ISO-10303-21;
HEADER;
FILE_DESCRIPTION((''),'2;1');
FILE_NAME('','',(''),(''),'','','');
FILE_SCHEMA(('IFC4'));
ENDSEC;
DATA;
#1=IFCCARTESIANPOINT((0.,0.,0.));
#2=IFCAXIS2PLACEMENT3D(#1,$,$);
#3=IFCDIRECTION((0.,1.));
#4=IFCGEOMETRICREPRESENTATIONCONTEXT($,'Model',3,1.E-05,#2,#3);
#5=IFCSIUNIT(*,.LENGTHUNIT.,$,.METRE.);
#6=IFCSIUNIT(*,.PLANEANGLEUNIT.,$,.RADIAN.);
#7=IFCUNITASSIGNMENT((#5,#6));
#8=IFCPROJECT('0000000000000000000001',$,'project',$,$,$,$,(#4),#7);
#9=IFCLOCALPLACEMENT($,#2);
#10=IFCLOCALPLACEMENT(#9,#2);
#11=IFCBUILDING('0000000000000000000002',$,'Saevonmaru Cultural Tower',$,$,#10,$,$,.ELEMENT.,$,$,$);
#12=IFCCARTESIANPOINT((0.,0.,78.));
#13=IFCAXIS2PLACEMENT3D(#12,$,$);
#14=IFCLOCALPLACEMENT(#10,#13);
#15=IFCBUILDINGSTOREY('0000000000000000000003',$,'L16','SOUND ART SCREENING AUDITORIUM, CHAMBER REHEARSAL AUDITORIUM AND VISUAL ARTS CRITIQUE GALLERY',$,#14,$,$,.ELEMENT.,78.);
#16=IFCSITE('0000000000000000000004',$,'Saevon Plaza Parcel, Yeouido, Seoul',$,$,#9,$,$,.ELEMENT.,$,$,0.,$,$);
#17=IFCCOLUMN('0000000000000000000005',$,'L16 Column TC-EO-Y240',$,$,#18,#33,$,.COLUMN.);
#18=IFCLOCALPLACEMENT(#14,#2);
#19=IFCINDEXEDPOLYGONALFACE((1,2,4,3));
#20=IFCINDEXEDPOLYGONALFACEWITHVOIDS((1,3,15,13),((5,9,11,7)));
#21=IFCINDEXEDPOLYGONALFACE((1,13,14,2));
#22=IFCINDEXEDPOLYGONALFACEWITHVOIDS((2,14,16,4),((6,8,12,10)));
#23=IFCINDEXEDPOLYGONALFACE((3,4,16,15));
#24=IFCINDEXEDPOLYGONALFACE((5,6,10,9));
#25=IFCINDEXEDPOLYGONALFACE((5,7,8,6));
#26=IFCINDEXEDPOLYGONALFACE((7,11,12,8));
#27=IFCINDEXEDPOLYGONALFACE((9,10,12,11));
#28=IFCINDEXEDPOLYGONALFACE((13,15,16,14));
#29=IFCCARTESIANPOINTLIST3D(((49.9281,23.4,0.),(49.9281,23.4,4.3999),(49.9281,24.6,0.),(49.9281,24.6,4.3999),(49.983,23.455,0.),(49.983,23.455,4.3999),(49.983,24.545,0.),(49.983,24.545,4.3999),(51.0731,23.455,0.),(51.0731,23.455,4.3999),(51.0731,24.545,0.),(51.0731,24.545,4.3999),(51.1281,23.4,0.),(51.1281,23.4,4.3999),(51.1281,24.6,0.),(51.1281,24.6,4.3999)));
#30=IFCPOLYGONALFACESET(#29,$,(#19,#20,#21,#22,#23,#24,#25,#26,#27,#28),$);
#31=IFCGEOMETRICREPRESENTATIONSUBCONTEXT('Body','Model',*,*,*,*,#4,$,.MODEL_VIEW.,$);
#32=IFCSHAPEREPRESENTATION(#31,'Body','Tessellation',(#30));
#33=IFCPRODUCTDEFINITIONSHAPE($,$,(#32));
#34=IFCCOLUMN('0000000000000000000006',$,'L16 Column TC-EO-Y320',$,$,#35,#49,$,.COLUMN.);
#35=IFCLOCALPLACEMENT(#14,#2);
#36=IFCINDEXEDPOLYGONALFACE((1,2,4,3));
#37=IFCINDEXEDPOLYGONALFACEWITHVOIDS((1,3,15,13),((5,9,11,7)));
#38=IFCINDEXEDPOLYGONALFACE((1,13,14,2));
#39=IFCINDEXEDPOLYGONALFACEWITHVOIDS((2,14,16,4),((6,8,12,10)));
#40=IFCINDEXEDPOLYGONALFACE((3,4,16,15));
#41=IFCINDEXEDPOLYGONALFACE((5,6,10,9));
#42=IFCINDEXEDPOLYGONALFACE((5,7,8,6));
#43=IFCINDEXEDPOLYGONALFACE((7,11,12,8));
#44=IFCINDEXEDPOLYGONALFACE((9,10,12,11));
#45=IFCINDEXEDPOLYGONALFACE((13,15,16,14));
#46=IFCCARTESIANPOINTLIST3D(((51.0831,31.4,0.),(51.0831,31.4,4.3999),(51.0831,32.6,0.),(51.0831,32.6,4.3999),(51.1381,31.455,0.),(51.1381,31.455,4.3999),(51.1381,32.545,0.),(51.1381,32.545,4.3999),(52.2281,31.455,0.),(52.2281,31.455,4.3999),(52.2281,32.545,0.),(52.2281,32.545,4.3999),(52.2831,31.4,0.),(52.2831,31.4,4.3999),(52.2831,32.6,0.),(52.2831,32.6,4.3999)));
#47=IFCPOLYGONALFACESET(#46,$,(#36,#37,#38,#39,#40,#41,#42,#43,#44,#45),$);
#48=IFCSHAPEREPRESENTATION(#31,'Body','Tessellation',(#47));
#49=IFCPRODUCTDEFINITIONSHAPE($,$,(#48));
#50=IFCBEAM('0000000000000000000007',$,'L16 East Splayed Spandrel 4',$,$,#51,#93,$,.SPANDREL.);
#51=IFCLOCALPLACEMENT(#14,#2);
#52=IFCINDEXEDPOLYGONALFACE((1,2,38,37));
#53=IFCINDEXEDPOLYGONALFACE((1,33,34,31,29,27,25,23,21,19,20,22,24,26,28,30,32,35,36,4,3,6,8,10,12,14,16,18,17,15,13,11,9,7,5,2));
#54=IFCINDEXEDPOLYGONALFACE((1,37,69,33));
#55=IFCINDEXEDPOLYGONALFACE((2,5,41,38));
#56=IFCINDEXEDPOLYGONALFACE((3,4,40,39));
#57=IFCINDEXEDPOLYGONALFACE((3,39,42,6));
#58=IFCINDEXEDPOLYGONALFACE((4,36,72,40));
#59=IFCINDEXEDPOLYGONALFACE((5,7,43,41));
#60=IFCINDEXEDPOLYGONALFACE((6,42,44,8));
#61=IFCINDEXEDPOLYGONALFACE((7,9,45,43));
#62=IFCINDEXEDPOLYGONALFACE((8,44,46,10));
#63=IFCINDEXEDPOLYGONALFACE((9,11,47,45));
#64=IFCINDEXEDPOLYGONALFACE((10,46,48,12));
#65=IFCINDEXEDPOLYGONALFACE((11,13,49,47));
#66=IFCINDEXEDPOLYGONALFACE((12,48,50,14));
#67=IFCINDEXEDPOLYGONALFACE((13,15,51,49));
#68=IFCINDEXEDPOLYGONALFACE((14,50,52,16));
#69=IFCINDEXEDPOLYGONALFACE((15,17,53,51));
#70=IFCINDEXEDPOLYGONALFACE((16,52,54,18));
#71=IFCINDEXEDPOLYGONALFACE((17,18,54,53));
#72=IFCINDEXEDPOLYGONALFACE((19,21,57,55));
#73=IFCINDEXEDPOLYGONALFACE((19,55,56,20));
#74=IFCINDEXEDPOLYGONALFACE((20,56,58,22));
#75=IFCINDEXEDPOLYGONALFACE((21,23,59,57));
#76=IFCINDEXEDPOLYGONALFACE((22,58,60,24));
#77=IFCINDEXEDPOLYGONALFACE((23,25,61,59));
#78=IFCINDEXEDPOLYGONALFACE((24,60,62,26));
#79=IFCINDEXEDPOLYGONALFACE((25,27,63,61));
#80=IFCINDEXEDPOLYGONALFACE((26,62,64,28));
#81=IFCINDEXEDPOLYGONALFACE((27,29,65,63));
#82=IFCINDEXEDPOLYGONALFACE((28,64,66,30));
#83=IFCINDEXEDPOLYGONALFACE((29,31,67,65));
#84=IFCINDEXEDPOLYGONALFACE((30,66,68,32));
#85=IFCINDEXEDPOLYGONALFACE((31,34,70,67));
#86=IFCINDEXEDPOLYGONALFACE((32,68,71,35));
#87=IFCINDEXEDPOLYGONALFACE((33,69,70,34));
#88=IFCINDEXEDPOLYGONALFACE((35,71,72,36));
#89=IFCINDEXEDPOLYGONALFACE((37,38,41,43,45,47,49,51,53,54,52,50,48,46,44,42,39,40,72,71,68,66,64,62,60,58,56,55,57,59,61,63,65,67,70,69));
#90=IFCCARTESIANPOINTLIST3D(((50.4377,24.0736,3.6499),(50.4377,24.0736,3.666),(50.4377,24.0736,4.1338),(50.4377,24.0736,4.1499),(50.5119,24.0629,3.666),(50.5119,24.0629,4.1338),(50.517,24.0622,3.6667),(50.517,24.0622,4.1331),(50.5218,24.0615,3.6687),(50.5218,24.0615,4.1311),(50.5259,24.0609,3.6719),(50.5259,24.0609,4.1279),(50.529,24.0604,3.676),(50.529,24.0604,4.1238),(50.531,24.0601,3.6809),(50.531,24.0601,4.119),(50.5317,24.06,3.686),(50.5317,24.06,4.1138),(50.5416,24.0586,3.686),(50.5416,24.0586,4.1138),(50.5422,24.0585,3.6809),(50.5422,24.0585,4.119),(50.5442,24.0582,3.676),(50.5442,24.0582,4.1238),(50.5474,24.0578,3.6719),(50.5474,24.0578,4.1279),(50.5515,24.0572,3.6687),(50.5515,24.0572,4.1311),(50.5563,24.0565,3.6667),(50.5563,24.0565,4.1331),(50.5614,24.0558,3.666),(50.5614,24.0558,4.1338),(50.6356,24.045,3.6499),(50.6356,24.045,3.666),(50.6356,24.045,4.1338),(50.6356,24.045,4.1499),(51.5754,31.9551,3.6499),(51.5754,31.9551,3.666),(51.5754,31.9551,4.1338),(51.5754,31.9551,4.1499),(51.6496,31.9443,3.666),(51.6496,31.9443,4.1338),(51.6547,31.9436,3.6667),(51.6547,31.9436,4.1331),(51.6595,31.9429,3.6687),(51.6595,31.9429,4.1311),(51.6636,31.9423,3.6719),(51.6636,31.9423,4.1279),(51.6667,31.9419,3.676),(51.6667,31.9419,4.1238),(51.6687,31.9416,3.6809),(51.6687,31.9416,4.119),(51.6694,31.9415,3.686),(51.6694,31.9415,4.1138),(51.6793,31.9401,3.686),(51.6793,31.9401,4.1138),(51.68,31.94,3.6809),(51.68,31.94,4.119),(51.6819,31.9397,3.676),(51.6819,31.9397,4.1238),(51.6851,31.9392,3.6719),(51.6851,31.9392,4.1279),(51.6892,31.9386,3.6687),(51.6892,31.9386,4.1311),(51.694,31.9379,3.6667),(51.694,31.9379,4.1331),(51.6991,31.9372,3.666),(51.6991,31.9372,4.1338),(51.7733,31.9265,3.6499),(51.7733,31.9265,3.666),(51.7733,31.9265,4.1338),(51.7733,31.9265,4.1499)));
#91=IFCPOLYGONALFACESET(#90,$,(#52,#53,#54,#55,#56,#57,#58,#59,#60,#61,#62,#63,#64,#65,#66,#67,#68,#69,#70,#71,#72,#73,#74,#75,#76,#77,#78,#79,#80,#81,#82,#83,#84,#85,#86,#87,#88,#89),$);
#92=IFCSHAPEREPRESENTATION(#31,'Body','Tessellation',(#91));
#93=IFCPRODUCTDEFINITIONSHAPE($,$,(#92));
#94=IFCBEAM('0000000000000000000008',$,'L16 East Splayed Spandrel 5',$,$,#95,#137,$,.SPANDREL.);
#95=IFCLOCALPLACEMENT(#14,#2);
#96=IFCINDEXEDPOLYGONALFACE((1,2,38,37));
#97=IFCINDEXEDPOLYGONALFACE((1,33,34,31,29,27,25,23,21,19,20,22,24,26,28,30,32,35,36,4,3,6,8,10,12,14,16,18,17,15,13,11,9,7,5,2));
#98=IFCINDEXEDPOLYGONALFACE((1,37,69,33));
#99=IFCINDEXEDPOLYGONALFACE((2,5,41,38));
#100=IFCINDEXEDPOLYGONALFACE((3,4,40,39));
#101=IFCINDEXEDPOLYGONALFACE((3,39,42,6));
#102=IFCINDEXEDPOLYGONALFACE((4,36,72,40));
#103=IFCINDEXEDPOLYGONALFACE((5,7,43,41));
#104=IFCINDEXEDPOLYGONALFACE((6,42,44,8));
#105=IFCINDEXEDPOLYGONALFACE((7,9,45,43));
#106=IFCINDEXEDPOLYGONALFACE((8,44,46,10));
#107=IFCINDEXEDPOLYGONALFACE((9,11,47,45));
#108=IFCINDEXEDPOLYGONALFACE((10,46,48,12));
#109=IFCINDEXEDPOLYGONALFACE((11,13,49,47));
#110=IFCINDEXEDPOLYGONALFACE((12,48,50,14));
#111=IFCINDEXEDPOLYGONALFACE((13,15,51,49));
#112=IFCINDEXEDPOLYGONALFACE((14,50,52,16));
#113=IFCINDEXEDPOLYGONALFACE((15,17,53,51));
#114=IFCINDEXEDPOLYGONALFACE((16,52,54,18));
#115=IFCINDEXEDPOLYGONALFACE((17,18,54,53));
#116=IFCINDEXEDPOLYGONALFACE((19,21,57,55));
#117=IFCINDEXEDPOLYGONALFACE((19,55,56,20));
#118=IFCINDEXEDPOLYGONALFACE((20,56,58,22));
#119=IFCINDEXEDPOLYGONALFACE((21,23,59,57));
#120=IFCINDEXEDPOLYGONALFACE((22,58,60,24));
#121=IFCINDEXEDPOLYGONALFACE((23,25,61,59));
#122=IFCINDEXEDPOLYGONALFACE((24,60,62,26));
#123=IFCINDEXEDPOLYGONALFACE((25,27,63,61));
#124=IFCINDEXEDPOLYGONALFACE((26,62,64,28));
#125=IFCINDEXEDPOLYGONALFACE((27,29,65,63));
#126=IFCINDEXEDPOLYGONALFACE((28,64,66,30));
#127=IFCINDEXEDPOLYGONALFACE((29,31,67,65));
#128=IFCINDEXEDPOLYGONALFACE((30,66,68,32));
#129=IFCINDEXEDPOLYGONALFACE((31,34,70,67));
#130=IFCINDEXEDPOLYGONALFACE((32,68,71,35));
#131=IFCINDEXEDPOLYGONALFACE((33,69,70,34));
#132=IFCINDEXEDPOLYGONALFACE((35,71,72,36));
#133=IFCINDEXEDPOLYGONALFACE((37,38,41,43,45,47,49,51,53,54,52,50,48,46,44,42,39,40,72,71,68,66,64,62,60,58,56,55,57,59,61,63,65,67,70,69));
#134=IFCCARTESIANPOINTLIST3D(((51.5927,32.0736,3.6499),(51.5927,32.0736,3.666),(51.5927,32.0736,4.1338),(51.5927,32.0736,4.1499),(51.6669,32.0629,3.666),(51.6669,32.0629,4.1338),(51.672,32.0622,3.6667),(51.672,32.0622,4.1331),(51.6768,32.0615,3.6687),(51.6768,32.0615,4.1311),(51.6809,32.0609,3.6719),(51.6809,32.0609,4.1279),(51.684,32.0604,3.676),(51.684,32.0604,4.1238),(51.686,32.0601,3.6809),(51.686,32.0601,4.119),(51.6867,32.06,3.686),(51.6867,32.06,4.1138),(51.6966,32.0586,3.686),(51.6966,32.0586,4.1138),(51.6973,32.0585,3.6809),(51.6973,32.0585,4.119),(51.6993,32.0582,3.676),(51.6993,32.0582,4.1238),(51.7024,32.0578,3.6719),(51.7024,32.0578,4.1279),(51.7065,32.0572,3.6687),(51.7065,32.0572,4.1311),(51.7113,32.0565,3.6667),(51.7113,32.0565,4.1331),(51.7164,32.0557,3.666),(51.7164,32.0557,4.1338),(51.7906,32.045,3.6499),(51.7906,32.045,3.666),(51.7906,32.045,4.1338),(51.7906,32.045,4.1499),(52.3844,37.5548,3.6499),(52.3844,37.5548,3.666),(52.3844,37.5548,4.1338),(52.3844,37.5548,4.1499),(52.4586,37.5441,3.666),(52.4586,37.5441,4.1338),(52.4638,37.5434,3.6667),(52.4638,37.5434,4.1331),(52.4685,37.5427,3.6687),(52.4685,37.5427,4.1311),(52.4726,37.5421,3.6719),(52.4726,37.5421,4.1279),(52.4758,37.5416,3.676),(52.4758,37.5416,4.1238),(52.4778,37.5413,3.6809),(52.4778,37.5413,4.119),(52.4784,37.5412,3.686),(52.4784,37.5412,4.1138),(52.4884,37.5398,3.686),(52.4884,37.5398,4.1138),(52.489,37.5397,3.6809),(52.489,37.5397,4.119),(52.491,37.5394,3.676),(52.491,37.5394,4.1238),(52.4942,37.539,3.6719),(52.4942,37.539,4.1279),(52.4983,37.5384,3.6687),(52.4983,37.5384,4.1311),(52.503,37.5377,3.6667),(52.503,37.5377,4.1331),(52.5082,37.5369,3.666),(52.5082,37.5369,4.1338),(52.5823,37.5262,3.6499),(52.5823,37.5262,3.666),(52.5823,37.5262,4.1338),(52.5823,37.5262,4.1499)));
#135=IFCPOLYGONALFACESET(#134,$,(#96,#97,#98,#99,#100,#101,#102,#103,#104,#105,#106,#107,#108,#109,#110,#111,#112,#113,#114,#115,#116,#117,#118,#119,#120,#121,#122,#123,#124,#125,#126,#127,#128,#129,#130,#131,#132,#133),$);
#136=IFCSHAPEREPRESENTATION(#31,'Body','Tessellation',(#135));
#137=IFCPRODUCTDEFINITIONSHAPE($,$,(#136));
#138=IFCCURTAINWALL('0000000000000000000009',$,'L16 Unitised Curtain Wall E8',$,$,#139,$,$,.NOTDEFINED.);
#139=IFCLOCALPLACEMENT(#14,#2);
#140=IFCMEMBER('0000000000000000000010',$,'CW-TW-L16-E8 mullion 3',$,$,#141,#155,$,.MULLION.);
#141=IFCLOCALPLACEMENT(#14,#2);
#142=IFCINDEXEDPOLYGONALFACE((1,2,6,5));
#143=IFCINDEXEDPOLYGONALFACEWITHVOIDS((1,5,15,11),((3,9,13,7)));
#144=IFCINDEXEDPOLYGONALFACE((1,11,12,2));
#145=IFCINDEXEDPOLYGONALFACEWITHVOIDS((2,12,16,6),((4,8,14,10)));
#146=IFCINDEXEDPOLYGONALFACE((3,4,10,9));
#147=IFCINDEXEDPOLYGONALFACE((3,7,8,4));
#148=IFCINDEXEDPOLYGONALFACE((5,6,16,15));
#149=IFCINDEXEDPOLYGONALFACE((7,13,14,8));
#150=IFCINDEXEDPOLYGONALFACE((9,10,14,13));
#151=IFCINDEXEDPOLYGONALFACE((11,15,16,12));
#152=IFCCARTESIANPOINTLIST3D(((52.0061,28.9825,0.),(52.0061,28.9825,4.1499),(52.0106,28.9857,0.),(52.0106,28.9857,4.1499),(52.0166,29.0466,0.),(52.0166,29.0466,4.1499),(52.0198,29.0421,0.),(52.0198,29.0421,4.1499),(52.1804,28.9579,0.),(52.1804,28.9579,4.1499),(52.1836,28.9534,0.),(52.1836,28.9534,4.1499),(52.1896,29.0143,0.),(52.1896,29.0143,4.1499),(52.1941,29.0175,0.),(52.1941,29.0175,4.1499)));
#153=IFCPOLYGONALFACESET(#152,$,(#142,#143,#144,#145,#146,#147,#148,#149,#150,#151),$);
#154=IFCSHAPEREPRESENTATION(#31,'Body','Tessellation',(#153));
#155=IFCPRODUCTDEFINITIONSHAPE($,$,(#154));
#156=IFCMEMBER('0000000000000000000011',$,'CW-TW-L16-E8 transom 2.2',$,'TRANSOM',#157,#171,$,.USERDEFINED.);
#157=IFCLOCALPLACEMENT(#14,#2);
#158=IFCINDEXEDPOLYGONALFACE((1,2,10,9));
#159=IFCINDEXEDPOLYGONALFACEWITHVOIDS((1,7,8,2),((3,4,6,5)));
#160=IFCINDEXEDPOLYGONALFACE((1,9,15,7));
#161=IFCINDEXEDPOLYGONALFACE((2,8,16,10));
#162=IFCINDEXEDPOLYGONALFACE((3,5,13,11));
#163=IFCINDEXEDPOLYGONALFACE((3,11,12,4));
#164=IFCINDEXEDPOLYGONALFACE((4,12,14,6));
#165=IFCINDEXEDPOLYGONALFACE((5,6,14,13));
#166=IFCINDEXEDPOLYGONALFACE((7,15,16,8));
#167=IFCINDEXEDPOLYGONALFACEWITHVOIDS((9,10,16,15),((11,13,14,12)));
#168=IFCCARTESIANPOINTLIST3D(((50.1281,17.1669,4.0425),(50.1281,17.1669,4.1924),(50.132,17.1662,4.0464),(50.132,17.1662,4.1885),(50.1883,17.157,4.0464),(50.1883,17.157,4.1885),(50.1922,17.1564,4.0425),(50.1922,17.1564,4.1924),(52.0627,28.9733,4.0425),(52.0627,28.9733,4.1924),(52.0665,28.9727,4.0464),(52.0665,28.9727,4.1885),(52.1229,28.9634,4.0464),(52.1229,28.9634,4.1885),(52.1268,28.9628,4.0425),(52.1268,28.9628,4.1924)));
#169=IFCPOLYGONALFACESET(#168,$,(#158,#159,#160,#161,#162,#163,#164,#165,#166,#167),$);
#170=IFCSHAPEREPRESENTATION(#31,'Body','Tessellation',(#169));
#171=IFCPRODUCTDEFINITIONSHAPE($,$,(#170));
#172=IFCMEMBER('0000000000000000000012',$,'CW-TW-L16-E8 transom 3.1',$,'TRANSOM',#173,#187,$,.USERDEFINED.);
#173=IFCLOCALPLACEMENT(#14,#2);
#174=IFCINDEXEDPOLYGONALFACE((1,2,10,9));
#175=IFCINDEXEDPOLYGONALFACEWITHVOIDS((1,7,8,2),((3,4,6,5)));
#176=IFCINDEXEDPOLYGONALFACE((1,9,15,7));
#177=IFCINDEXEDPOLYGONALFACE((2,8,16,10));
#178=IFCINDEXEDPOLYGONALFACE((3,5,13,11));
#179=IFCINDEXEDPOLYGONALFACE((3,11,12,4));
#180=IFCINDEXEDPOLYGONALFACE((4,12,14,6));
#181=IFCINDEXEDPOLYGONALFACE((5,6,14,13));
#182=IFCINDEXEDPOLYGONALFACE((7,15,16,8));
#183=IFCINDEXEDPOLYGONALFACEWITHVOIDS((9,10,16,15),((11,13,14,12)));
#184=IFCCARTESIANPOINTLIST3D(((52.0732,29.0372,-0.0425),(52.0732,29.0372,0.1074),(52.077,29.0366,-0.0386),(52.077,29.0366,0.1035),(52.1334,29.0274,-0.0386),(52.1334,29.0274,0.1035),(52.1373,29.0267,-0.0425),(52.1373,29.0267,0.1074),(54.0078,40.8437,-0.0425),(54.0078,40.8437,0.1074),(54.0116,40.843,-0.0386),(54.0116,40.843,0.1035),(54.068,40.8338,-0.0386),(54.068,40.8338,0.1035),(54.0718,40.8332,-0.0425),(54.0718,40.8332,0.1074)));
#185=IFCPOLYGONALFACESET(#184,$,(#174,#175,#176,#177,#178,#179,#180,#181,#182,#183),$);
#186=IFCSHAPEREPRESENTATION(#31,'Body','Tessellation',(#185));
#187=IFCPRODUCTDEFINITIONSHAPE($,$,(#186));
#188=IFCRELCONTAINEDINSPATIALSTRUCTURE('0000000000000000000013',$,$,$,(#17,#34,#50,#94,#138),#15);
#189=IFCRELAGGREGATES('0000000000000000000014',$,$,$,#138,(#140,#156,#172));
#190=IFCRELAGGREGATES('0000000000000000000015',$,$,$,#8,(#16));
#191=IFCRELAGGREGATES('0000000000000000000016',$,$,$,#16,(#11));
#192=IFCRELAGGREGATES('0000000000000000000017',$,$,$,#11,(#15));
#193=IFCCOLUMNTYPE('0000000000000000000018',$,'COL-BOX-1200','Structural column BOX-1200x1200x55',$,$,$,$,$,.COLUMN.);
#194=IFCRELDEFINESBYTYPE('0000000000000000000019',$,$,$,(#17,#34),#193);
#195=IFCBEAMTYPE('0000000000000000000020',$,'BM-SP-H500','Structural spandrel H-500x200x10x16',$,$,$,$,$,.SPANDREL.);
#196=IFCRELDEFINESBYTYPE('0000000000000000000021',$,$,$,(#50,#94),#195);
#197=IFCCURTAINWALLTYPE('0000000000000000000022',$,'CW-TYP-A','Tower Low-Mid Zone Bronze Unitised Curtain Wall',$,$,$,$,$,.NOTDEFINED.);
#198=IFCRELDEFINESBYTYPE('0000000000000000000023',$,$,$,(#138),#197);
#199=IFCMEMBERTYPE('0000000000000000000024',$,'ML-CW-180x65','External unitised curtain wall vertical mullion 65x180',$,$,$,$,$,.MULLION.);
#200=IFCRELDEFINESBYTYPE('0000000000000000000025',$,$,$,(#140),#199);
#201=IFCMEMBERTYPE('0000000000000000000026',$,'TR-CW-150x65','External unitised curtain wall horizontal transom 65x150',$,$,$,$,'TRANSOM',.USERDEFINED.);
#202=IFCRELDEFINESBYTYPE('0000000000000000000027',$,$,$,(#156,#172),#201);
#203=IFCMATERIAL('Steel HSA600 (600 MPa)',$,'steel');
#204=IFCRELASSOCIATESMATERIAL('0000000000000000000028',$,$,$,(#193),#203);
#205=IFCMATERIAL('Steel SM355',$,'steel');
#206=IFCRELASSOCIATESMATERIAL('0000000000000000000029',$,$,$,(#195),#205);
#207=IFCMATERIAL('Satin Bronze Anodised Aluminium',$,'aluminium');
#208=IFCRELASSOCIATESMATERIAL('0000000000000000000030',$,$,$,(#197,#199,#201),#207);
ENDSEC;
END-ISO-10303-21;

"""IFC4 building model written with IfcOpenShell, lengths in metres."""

from ifc_helpers import new_model, si_unit, direction, frame, origin, origin_2d, place, context, subcontext, project, spatial, hollow_rectangle, i_section, extrude, material, material_profile, profile_set, type_object, element, aggregate, save


model = new_model("IFC4")

# Units and contexts
model_context = context("Model", 3, precision=1e-05, world=origin(), true_north=direction((0.0, 1.0)))
body_context = subcontext(model_context, "Body", "Model", "MODEL_VIEW")
ifc_project = project(units=[si_unit("LENGTHUNIT", "METRE"), si_unit("PLANEANGLEUNIT", "RADIAN")], contexts=[model_context])

# Site, building, storey
site_placement = place(None, origin())
site = spatial("IfcSite", under=ifc_project, at=site_placement, Name="Saevon Plaza Parcel, Yeouido, Seoul", CompositionType="ELEMENT", RefElevation=0.0)
building_placement = place(site_placement, origin())
building = spatial("IfcBuilding", under=site, at=building_placement, Name="Saevonmaru Cultural Tower", CompositionType="ELEMENT")
storey_placement = place(building_placement, frame((0.0, 0.0, 78.0)))
storey = spatial("IfcBuildingStorey", under=building, at=storey_placement, Name="L16", Description="SOUND ART SCREENING AUDITORIUM, CHAMBER REHEARSAL AUDITORIUM AND VISUAL ARTS CRITIQUE GALLERY", CompositionType="ELEMENT", Elevation=78.0)

# Columns
ifc_material_1 = material(Name="Steel HSA600 (600 MPa)", Category="steel")
ifc_material_profile_1 = material_profile(ifc_material_1, hollow_rectangle(XDim=1.2, YDim=1.2, WallThickness=0.0549, at=origin_2d()), Name="BOX-1200x1200x55")
ifc_profile_set_1 = profile_set([ifc_material_profile_1], Name="Steel HSA600 (600 MPa)")
column_type = type_object("IfcColumnType", Name="COL-BOX-1200", Description="Structural column BOX-1200x1200x55", PredefinedType="COLUMN", material=ifc_profile_set_1)
for number, where, z_axis, x_axis, name in (
    (1, (50.5281, 24.0, 0.0), (0.0, 0.0, 1.0), (1.0, 0.0, 0.0), "L16 Column TC-EO-Y240"),
    (2, (51.6831, 32.0, 0.0), (0.0, 0.0, 1.0), (1.0, 0.0, 0.0), "L16 Column TC-EO-Y320"),
):
    element("IfcColumn", number, at=place(storey_placement, frame(where, z_axis=z_axis, x_axis=x_axis)), inside=storey, type_object=column_type, Name=name, PredefinedType="COLUMN", context=body_context, shape_type="SweptSolid", body=[
        extrude(hollow_rectangle(XDim=1.2, YDim=1.2, WallThickness=0.0549, at=origin_2d()), origin(), (0.0, 0.0, 1.0), 4.3999),
    ])

# Beams
ifc_material_2 = material(Name="Steel SM355", Category="steel")
ifc_material_profile_2 = material_profile(ifc_material_2, i_section(OverallWidth=0.2, OverallDepth=0.5, WebThickness=0.01, FlangeThickness=0.0161, FilletRadius=0.02, at=origin_2d()), Name="H-500x200x10x16")
ifc_profile_set_2 = profile_set([ifc_material_profile_2], Name="Steel SM355")
beam_type = type_object("IfcBeamType", Name="BM-SP-H500", Description="Structural spandrel H-500x200x10x16", PredefinedType="SPANDREL", material=ifc_profile_set_2)
beam_1_placement = place(storey_placement, frame((50.5366, 24.0593, 3.8999), z_axis=(0.142872, 0.989741, 0.0), x_axis=(-0.989741, 0.142872, 0.0)))
element("IfcBeam", 3, at=beam_1_placement, inside=storey, type_object=beam_type, Name="L16 East Splayed Spandrel 4", PredefinedType="SPANDREL", context=body_context, shape_type="SweptSolid", body=[
    extrude(i_section(OverallWidth=0.2, OverallDepth=0.5, WebThickness=0.01, FlangeThickness=0.0161, FilletRadius=0.02, at=origin_2d()), origin(), (0.0, 0.0, 1.0), 7.9631),
])
beam_2_placement = place(storey_placement, frame((51.6917, 32.0593, 3.8999), z_axis=(0.142964, 0.989728, 0.0), x_axis=(-0.989728, 0.142964, 0.0)))
element("IfcBeam", 4, at=beam_2_placement, inside=storey, type_object=beam_type, Name="L16 East Splayed Spandrel 5", PredefinedType="SPANDREL", context=body_context, shape_type="SweptSolid", body=[
    extrude(i_section(OverallWidth=0.2, OverallDepth=0.5, WebThickness=0.01, FlangeThickness=0.0161, FilletRadius=0.02, at=origin_2d()), origin(), (0.0, 0.0, 1.0), 5.5381),
])

# Curtain wall, members
ifc_material_3 = material(Name="Satin Bronze Anodised Aluminium", Category="aluminium")
curtain_wall_type = type_object("IfcCurtainWallType", Name="CW-TYP-A", Description="Tower Low-Mid Zone Bronze Unitised Curtain Wall", PredefinedType="NOTDEFINED", material=ifc_material_3)
curtain_wall_placement = place(storey_placement, origin())
curtain_wall = element("IfcCurtainWall", 5, at=curtain_wall_placement, inside=storey, type_object=curtain_wall_type, Name="L16 Unitised Curtain Wall E8", PredefinedType="NOTDEFINED")
ifc_material_profile_3 = material_profile(ifc_material_3, hollow_rectangle(XDim=0.0649, YDim=0.1799, WallThickness=0.0039, at=origin_2d()), Name="ALU-MULL-180x65x4")
ifc_profile_set_3 = profile_set([ifc_material_profile_3], Name="Satin Bronze Anodised Aluminium")
member_type_1 = type_object("IfcMemberType", Name="ML-CW-180x65", Description="External unitised curtain wall vertical mullion 65x180", PredefinedType="MULLION", material=ifc_profile_set_3)
member_1_placement = place(storey_placement, frame((52.1001, 29.0, 0.0), z_axis=(0.0, 0.0, 1.0), x_axis=(0.161709, 0.986839, 0.0)))
member_1 = element("IfcMember", 6, at=member_1_placement, type_object=member_type_1, Name="CW-TW-L16-E8 mullion 3", PredefinedType="MULLION", context=body_context, shape_type="SweptSolid", body=[
    extrude(hollow_rectangle(XDim=0.0649, YDim=0.1799, WallThickness=0.0039, at=origin_2d()), origin(), (0.0, 0.0, 1.0), 4.1499),
])
ifc_material_profile_4 = material_profile(ifc_material_3, hollow_rectangle(XDim=0.0649, YDim=0.1499, WallThickness=0.0039, at=origin_2d()), Name="ALU-TRAN-150x65x4")
ifc_profile_set_4 = profile_set([ifc_material_profile_4], Name="Satin Bronze Anodised Aluminium")
member_type_2 = type_object("IfcMemberType", Name="TR-CW-150x65", Description="External unitised curtain wall horizontal transom 65x150", ElementType="TRANSOM", PredefinedType="USERDEFINED", material=ifc_profile_set_4)
member_2_placement = place(storey_placement, frame((50.1602, 17.1616, 4.1174), z_axis=(0.161701, 0.98684, 0.0), x_axis=(-0.98684, 0.161701, 0.0)))
member_2 = element("IfcMember", 7, at=member_2_placement, type_object=member_type_2, Name="CW-TW-L16-E8 transom 2.2", ObjectType="TRANSOM", PredefinedType="USERDEFINED", context=body_context, shape_type="SweptSolid", body=[
    extrude(hollow_rectangle(XDim=0.0649, YDim=0.1499, WallThickness=0.0039, at=origin_2d()), origin(), (0.0, 0.0, 1.0), 11.9639),
])
member_3_placement = place(storey_placement, frame((52.1052, 29.032, 0.0325), z_axis=(0.161701, 0.98684, 0.0), x_axis=(-0.98684, 0.161701, 0.0)))
member_3 = element("IfcMember", 8, at=member_3_placement, type_object=member_type_2, Name="CW-TW-L16-E8 transom 3.1", ObjectType="TRANSOM", PredefinedType="USERDEFINED", context=body_context, shape_type="SweptSolid", body=[
    extrude(hollow_rectangle(XDim=0.0649, YDim=0.1499, WallThickness=0.0039, at=origin_2d()), origin(), (0.0, 0.0, 1.0), 11.9639),
])
aggregate(curtain_wall, [member_1, member_2, member_3])

save(model, "model.ifc")
